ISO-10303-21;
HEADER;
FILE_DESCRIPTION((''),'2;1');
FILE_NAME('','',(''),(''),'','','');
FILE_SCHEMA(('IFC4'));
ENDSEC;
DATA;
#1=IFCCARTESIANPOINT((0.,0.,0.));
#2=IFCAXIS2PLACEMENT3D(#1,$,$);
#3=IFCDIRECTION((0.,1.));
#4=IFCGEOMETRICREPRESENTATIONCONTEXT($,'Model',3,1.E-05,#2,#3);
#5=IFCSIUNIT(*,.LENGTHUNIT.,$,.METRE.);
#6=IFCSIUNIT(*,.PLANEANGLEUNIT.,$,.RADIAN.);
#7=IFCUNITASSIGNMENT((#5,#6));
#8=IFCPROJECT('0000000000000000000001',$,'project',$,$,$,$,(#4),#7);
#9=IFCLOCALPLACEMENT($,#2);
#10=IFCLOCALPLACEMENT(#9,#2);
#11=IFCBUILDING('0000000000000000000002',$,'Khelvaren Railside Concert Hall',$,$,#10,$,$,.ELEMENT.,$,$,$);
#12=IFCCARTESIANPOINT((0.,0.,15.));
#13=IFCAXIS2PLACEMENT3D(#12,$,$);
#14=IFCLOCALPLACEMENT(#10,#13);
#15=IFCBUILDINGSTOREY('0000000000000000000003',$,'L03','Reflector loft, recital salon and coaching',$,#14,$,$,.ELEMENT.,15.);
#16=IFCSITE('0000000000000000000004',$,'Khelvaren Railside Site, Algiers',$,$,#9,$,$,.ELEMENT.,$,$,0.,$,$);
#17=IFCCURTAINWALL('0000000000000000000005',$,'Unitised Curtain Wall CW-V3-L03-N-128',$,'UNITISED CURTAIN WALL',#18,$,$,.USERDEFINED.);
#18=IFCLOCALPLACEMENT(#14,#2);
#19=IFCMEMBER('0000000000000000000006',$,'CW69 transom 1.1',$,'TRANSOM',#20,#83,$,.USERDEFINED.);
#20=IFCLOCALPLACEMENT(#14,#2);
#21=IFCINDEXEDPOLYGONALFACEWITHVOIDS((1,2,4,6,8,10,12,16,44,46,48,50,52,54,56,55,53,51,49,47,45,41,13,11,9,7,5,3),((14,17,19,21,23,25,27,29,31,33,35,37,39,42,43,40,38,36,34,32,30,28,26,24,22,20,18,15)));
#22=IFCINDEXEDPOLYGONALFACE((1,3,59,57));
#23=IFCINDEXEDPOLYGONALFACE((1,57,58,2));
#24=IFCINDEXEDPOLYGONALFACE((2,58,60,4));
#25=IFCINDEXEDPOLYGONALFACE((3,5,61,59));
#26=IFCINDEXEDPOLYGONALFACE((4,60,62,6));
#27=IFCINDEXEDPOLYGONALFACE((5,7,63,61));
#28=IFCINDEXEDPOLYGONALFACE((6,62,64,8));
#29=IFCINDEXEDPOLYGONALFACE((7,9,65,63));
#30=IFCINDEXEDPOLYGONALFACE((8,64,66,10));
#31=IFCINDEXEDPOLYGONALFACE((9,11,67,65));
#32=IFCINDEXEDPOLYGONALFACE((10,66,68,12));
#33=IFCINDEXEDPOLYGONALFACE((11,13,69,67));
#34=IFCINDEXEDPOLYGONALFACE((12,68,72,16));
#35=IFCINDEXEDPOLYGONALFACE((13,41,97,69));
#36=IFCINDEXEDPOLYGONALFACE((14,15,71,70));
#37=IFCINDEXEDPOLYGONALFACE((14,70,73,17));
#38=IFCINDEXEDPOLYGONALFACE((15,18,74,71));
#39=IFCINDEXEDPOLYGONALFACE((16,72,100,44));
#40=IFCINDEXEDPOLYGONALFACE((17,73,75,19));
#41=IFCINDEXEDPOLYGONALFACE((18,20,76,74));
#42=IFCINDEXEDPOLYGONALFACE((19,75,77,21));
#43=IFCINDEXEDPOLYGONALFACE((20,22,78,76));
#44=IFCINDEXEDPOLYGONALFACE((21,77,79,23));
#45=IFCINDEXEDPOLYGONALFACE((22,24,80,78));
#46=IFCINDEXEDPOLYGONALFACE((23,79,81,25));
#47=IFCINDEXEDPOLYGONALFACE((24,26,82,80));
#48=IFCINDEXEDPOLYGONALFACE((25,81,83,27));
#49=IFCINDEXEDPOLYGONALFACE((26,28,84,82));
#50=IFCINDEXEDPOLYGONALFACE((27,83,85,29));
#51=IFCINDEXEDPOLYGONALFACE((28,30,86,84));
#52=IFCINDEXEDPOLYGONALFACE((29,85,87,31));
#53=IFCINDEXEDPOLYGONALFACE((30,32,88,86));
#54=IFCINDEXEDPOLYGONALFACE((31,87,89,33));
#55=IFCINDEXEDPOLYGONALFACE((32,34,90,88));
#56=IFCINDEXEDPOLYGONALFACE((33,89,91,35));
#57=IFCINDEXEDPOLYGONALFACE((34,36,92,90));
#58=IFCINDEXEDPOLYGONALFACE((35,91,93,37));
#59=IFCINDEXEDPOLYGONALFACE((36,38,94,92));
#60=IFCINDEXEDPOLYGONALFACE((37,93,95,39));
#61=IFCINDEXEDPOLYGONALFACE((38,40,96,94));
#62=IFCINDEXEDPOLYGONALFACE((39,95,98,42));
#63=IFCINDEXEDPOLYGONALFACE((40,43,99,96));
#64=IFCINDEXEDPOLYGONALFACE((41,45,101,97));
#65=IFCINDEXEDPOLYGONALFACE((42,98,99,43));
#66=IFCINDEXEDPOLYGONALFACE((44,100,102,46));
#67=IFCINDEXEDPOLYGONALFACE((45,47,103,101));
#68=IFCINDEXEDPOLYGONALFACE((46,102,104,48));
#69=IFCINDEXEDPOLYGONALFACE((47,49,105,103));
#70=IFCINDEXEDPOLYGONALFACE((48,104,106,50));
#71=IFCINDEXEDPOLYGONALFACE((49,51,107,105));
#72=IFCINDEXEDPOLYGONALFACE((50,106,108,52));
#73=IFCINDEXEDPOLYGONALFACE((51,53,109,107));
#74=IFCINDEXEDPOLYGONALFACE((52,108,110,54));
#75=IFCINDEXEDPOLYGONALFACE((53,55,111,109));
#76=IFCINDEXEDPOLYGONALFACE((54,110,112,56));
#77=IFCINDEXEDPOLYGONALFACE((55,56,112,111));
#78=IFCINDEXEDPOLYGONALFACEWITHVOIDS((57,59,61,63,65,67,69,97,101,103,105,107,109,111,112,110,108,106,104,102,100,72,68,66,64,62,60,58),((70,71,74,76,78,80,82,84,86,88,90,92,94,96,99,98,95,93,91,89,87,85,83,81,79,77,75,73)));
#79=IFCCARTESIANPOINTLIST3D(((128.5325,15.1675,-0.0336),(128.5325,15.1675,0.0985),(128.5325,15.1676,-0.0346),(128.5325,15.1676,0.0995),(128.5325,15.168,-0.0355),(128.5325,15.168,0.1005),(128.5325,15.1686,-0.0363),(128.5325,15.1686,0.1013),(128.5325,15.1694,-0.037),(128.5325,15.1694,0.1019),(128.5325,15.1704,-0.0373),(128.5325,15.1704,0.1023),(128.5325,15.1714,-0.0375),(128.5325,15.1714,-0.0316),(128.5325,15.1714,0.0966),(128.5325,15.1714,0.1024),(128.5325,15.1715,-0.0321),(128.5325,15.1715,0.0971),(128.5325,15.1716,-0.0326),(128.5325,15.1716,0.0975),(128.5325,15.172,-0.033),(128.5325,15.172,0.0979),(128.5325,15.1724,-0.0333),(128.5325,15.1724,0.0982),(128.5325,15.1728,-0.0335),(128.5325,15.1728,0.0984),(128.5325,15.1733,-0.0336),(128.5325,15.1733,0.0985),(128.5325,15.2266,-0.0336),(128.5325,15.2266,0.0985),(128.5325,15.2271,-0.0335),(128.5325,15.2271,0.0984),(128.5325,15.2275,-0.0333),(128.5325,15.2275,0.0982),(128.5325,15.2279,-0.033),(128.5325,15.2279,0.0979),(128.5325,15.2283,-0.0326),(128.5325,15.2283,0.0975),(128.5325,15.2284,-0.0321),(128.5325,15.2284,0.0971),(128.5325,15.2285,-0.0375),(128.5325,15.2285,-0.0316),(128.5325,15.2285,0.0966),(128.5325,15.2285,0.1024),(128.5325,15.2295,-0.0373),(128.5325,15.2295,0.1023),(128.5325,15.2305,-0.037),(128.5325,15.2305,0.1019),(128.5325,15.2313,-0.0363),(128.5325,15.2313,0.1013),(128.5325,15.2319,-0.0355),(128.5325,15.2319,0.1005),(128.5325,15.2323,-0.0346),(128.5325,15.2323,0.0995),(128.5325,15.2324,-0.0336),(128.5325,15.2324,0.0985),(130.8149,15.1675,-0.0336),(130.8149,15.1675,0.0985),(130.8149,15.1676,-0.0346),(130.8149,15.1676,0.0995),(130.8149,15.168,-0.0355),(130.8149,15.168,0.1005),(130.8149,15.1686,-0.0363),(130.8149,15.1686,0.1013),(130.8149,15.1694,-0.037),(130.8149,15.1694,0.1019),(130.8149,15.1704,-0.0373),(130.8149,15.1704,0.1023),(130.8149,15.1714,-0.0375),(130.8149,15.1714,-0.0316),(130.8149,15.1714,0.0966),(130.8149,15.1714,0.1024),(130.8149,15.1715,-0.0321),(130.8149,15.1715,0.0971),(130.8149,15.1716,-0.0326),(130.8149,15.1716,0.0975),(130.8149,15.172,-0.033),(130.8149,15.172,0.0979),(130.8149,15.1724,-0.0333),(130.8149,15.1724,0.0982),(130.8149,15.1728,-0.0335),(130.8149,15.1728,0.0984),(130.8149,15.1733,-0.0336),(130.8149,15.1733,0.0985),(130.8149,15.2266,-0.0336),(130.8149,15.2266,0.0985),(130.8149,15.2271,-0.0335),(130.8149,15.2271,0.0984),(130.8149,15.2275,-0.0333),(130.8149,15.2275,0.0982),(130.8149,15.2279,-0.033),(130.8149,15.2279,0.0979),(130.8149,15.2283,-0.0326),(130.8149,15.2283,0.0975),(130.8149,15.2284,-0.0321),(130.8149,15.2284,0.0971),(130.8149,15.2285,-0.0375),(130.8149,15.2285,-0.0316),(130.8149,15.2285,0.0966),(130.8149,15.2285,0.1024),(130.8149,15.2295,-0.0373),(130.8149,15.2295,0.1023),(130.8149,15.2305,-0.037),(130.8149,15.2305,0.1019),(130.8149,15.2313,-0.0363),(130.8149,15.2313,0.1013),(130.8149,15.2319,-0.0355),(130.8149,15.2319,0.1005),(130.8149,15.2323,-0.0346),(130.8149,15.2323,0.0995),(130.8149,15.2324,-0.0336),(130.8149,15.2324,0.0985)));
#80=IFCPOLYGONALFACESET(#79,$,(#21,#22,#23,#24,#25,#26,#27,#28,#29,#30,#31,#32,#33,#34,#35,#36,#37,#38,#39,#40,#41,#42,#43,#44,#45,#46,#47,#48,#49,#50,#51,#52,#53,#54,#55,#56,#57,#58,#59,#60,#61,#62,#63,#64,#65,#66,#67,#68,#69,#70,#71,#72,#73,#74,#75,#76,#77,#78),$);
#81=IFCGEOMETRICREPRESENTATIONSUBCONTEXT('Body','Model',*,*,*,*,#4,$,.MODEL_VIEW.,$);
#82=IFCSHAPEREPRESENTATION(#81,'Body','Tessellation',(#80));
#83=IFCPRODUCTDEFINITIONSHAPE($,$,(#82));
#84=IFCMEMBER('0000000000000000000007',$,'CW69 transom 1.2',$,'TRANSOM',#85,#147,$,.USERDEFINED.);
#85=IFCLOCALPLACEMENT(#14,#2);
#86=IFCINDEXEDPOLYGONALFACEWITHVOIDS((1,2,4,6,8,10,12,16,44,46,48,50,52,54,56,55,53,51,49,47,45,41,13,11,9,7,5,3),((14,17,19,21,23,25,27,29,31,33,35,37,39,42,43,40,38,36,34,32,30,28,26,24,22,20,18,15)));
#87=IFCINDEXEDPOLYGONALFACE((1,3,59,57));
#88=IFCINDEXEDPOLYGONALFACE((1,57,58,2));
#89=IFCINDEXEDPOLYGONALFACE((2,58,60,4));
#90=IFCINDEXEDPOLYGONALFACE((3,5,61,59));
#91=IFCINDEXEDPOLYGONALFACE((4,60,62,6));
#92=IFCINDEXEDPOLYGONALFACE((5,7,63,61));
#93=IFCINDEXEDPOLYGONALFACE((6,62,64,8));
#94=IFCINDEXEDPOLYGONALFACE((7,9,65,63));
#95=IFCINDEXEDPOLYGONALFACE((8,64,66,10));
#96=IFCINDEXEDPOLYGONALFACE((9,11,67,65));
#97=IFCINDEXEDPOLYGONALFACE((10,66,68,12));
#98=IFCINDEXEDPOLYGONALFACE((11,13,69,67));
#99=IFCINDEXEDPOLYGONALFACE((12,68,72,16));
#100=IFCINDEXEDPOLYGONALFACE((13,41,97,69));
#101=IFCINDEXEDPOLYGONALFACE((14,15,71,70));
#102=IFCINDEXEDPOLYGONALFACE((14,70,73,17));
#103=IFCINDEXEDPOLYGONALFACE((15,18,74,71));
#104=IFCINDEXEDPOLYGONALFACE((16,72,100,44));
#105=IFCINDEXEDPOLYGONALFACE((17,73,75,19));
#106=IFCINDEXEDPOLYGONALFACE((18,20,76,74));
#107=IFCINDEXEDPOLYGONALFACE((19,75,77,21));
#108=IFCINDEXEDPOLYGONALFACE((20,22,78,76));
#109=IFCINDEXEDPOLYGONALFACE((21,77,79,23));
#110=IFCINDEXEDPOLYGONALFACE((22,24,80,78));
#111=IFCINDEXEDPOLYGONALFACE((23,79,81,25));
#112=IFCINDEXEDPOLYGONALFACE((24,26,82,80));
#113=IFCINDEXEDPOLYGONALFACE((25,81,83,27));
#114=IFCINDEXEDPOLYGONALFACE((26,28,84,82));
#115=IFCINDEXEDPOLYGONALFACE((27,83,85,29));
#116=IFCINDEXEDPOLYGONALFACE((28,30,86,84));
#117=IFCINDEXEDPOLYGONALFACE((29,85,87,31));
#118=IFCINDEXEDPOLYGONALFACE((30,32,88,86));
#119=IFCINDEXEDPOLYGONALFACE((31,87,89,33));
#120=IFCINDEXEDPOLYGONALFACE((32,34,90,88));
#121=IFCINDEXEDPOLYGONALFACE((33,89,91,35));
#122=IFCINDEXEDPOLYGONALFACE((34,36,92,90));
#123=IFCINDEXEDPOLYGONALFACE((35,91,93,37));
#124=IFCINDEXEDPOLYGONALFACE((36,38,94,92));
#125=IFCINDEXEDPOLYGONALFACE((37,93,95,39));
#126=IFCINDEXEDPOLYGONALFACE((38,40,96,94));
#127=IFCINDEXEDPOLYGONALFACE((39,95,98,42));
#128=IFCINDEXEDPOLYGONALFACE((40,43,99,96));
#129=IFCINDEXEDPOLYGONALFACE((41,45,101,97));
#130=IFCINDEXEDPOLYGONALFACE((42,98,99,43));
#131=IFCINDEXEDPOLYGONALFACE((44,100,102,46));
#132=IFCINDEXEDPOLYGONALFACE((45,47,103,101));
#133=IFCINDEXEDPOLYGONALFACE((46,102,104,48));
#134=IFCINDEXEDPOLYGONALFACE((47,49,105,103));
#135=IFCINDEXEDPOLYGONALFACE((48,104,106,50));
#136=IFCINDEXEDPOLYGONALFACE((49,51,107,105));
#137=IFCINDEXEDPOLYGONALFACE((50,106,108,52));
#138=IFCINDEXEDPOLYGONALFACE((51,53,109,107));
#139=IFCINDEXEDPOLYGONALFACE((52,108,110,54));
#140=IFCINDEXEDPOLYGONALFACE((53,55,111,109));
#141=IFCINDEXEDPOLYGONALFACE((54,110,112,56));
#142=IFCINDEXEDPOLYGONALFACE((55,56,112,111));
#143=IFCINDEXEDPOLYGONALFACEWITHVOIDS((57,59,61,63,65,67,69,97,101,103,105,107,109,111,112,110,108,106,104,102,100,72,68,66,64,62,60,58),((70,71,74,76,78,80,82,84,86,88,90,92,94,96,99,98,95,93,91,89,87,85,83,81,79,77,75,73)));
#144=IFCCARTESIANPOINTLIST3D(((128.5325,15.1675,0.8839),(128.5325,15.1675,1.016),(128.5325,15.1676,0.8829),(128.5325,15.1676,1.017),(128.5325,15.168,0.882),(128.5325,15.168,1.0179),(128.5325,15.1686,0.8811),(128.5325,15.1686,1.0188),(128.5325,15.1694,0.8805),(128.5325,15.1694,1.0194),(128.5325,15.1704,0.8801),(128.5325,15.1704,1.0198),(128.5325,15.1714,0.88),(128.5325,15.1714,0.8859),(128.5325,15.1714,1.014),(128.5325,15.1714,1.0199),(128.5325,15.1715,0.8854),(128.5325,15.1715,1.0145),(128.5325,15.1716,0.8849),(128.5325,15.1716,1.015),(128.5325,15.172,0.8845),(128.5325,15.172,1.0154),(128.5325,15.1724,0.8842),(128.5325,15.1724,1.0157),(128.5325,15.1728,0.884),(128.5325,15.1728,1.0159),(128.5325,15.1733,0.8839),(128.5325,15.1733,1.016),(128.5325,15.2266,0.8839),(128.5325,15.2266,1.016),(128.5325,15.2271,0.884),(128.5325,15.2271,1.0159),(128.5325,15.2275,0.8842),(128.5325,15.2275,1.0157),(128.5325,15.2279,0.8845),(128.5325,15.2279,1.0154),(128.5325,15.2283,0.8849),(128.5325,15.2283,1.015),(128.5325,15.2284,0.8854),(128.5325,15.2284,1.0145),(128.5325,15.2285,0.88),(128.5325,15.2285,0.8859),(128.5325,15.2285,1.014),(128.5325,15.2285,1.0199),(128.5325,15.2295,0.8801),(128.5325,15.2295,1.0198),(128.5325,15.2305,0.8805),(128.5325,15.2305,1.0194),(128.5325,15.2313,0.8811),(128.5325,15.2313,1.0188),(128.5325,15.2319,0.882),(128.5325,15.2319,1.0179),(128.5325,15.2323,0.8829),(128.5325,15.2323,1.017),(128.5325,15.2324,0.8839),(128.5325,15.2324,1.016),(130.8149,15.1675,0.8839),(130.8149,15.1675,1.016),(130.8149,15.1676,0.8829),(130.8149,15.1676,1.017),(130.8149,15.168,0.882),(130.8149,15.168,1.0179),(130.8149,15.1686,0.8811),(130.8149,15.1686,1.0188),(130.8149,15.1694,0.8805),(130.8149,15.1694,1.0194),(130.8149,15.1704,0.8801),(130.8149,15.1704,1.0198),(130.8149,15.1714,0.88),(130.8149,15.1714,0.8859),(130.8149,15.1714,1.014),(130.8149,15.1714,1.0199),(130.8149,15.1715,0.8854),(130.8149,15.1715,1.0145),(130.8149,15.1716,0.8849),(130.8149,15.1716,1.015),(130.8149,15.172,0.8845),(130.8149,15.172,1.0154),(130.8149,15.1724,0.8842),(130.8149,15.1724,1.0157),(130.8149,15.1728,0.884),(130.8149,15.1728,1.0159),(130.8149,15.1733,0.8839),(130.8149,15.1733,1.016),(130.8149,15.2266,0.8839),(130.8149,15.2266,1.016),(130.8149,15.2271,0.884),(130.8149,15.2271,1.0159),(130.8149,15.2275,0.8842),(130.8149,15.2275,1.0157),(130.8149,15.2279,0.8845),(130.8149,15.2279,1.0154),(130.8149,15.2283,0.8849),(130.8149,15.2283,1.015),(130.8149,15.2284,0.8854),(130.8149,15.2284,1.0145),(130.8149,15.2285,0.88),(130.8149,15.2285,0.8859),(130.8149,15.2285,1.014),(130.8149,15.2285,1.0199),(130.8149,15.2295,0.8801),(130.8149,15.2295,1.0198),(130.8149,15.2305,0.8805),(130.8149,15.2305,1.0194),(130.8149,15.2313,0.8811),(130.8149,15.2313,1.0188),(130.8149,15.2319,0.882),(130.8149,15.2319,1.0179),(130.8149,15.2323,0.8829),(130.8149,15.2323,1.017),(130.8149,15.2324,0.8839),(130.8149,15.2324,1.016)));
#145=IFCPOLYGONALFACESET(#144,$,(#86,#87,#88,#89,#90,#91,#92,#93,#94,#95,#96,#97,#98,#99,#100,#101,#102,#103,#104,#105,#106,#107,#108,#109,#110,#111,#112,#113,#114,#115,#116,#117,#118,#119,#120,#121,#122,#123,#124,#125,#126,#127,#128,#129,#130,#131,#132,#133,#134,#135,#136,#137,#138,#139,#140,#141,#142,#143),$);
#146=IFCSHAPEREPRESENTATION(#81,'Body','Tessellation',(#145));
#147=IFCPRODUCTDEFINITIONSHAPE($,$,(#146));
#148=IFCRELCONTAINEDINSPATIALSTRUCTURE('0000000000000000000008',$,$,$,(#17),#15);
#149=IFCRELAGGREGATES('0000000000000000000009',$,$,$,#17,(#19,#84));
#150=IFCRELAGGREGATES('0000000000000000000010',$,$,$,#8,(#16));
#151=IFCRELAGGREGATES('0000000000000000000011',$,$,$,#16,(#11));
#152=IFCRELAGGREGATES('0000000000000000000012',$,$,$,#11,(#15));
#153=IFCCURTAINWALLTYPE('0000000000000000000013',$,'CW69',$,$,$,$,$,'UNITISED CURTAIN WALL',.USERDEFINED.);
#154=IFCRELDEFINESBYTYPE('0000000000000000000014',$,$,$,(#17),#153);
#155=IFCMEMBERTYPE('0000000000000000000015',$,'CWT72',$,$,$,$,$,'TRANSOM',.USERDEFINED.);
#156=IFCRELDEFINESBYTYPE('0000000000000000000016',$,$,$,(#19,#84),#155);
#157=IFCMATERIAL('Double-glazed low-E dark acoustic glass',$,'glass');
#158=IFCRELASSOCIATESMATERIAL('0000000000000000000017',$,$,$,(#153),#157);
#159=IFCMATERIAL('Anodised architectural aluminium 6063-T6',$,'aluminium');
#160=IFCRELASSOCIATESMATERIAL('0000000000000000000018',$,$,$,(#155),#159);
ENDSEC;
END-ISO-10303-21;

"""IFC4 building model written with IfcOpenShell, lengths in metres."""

from ifc_helpers import new_model, si_unit, direction, frame, origin, origin_2d, place, context, subcontext, project, spatial, hollow_rectangle, extrude, material, material_profile, profile_set, type_object, element, aggregate, save


model = new_model("IFC4")

# Units and contexts
model_context = context("Model", 3, precision=1e-05, world=origin(), true_north=direction((0.0, 1.0)))
body_context = subcontext(model_context, "Body", "Model", "MODEL_VIEW")
ifc_project = project(units=[si_unit("LENGTHUNIT", "METRE"), si_unit("PLANEANGLEUNIT", "RADIAN")], contexts=[model_context])

# Site, building, storey
site_placement = place(None, origin())
site = spatial("IfcSite", under=ifc_project, at=site_placement, Name="Khelvaren Railside Site, Algiers", CompositionType="ELEMENT", RefElevation=0.0)
building_placement = place(site_placement, origin())
building = spatial("IfcBuilding", under=site, at=building_placement, Name="Khelvaren Railside Concert Hall", CompositionType="ELEMENT")
storey_placement = place(building_placement, frame((0.0, 0.0, 15.0)))
storey = spatial("IfcBuildingStorey", under=building, at=storey_placement, Name="L03", Description="Reflector loft, recital salon and coaching", CompositionType="ELEMENT", Elevation=15.0)

# Shared definitions
ifc_material_1 = material(Name="Double-glazed low-E dark acoustic glass", Category="glass")
ifc_material_2 = material(Name="Anodised architectural aluminium 6063-T6", Category="aluminium")

# Curtain wall, members
curtain_wall_type_1 = type_object("IfcCurtainWallType", Name="CW69", ElementType="UNITISED CURTAIN WALL", PredefinedType="USERDEFINED", material=ifc_material_1)
curtain_wall_1_placement = place(storey_placement, origin())
curtain_wall_1 = element("IfcCurtainWall", 1, at=curtain_wall_1_placement, inside=storey, type_object=curtain_wall_type_1, Name="Unitised Curtain Wall CW-V3-L03-N-128", ObjectType="UNITISED CURTAIN WALL", PredefinedType="USERDEFINED")
ifc_material_profile_1 = material_profile(ifc_material_2, hollow_rectangle(XDim=0.0649, YDim=0.1399, WallThickness=0.0039, InnerFilletRadius=0.002, OuterFilletRadius=0.0039, at=origin_2d()), Name="CWT 65x140x4")
ifc_profile_set_1 = profile_set([ifc_material_profile_1], Name="Anodised architectural aluminium 6063-T6")
member_type_1 = type_object("IfcMemberType", Name="CWT72", ElementType="TRANSOM", PredefinedType="USERDEFINED", material=ifc_profile_set_1)
member_1_placement = place(storey_placement, frame((128.5325, 15.2, 0.0325), z_axis=(1.0, 0.0, 0.0), x_axis=(0.0, 1.0, 0.0)))
member_1 = element("IfcMember", 2, at=member_1_placement, type_object=member_type_1, Name="CW69 transom 1.1", ObjectType="TRANSOM", PredefinedType="USERDEFINED", context=body_context, shape_type="SweptSolid", body=[
    extrude(hollow_rectangle(XDim=0.0649, YDim=0.1399, WallThickness=0.0039, InnerFilletRadius=0.002, OuterFilletRadius=0.0039, at=origin_2d()), origin(), (0.0, 0.0, 1.0), 2.2825),
])
member_2_placement = place(storey_placement, frame((128.5325, 15.2, 0.95), z_axis=(1.0, 0.0, 0.0), x_axis=(0.0, 1.0, 0.0)))
member_2 = element("IfcMember", 3, at=member_2_placement, type_object=member_type_1, Name="CW69 transom 1.2", ObjectType="TRANSOM", PredefinedType="USERDEFINED", context=body_context, shape_type="SweptSolid", body=[
    extrude(hollow_rectangle(XDim=0.0649, YDim=0.1399, WallThickness=0.0039, InnerFilletRadius=0.002, OuterFilletRadius=0.0039, at=origin_2d()), origin(), (0.0, 0.0, 1.0), 2.2825),
])

aggregate(curtain_wall_1, [member_1, member_2])

save(model, "model.ifc")
